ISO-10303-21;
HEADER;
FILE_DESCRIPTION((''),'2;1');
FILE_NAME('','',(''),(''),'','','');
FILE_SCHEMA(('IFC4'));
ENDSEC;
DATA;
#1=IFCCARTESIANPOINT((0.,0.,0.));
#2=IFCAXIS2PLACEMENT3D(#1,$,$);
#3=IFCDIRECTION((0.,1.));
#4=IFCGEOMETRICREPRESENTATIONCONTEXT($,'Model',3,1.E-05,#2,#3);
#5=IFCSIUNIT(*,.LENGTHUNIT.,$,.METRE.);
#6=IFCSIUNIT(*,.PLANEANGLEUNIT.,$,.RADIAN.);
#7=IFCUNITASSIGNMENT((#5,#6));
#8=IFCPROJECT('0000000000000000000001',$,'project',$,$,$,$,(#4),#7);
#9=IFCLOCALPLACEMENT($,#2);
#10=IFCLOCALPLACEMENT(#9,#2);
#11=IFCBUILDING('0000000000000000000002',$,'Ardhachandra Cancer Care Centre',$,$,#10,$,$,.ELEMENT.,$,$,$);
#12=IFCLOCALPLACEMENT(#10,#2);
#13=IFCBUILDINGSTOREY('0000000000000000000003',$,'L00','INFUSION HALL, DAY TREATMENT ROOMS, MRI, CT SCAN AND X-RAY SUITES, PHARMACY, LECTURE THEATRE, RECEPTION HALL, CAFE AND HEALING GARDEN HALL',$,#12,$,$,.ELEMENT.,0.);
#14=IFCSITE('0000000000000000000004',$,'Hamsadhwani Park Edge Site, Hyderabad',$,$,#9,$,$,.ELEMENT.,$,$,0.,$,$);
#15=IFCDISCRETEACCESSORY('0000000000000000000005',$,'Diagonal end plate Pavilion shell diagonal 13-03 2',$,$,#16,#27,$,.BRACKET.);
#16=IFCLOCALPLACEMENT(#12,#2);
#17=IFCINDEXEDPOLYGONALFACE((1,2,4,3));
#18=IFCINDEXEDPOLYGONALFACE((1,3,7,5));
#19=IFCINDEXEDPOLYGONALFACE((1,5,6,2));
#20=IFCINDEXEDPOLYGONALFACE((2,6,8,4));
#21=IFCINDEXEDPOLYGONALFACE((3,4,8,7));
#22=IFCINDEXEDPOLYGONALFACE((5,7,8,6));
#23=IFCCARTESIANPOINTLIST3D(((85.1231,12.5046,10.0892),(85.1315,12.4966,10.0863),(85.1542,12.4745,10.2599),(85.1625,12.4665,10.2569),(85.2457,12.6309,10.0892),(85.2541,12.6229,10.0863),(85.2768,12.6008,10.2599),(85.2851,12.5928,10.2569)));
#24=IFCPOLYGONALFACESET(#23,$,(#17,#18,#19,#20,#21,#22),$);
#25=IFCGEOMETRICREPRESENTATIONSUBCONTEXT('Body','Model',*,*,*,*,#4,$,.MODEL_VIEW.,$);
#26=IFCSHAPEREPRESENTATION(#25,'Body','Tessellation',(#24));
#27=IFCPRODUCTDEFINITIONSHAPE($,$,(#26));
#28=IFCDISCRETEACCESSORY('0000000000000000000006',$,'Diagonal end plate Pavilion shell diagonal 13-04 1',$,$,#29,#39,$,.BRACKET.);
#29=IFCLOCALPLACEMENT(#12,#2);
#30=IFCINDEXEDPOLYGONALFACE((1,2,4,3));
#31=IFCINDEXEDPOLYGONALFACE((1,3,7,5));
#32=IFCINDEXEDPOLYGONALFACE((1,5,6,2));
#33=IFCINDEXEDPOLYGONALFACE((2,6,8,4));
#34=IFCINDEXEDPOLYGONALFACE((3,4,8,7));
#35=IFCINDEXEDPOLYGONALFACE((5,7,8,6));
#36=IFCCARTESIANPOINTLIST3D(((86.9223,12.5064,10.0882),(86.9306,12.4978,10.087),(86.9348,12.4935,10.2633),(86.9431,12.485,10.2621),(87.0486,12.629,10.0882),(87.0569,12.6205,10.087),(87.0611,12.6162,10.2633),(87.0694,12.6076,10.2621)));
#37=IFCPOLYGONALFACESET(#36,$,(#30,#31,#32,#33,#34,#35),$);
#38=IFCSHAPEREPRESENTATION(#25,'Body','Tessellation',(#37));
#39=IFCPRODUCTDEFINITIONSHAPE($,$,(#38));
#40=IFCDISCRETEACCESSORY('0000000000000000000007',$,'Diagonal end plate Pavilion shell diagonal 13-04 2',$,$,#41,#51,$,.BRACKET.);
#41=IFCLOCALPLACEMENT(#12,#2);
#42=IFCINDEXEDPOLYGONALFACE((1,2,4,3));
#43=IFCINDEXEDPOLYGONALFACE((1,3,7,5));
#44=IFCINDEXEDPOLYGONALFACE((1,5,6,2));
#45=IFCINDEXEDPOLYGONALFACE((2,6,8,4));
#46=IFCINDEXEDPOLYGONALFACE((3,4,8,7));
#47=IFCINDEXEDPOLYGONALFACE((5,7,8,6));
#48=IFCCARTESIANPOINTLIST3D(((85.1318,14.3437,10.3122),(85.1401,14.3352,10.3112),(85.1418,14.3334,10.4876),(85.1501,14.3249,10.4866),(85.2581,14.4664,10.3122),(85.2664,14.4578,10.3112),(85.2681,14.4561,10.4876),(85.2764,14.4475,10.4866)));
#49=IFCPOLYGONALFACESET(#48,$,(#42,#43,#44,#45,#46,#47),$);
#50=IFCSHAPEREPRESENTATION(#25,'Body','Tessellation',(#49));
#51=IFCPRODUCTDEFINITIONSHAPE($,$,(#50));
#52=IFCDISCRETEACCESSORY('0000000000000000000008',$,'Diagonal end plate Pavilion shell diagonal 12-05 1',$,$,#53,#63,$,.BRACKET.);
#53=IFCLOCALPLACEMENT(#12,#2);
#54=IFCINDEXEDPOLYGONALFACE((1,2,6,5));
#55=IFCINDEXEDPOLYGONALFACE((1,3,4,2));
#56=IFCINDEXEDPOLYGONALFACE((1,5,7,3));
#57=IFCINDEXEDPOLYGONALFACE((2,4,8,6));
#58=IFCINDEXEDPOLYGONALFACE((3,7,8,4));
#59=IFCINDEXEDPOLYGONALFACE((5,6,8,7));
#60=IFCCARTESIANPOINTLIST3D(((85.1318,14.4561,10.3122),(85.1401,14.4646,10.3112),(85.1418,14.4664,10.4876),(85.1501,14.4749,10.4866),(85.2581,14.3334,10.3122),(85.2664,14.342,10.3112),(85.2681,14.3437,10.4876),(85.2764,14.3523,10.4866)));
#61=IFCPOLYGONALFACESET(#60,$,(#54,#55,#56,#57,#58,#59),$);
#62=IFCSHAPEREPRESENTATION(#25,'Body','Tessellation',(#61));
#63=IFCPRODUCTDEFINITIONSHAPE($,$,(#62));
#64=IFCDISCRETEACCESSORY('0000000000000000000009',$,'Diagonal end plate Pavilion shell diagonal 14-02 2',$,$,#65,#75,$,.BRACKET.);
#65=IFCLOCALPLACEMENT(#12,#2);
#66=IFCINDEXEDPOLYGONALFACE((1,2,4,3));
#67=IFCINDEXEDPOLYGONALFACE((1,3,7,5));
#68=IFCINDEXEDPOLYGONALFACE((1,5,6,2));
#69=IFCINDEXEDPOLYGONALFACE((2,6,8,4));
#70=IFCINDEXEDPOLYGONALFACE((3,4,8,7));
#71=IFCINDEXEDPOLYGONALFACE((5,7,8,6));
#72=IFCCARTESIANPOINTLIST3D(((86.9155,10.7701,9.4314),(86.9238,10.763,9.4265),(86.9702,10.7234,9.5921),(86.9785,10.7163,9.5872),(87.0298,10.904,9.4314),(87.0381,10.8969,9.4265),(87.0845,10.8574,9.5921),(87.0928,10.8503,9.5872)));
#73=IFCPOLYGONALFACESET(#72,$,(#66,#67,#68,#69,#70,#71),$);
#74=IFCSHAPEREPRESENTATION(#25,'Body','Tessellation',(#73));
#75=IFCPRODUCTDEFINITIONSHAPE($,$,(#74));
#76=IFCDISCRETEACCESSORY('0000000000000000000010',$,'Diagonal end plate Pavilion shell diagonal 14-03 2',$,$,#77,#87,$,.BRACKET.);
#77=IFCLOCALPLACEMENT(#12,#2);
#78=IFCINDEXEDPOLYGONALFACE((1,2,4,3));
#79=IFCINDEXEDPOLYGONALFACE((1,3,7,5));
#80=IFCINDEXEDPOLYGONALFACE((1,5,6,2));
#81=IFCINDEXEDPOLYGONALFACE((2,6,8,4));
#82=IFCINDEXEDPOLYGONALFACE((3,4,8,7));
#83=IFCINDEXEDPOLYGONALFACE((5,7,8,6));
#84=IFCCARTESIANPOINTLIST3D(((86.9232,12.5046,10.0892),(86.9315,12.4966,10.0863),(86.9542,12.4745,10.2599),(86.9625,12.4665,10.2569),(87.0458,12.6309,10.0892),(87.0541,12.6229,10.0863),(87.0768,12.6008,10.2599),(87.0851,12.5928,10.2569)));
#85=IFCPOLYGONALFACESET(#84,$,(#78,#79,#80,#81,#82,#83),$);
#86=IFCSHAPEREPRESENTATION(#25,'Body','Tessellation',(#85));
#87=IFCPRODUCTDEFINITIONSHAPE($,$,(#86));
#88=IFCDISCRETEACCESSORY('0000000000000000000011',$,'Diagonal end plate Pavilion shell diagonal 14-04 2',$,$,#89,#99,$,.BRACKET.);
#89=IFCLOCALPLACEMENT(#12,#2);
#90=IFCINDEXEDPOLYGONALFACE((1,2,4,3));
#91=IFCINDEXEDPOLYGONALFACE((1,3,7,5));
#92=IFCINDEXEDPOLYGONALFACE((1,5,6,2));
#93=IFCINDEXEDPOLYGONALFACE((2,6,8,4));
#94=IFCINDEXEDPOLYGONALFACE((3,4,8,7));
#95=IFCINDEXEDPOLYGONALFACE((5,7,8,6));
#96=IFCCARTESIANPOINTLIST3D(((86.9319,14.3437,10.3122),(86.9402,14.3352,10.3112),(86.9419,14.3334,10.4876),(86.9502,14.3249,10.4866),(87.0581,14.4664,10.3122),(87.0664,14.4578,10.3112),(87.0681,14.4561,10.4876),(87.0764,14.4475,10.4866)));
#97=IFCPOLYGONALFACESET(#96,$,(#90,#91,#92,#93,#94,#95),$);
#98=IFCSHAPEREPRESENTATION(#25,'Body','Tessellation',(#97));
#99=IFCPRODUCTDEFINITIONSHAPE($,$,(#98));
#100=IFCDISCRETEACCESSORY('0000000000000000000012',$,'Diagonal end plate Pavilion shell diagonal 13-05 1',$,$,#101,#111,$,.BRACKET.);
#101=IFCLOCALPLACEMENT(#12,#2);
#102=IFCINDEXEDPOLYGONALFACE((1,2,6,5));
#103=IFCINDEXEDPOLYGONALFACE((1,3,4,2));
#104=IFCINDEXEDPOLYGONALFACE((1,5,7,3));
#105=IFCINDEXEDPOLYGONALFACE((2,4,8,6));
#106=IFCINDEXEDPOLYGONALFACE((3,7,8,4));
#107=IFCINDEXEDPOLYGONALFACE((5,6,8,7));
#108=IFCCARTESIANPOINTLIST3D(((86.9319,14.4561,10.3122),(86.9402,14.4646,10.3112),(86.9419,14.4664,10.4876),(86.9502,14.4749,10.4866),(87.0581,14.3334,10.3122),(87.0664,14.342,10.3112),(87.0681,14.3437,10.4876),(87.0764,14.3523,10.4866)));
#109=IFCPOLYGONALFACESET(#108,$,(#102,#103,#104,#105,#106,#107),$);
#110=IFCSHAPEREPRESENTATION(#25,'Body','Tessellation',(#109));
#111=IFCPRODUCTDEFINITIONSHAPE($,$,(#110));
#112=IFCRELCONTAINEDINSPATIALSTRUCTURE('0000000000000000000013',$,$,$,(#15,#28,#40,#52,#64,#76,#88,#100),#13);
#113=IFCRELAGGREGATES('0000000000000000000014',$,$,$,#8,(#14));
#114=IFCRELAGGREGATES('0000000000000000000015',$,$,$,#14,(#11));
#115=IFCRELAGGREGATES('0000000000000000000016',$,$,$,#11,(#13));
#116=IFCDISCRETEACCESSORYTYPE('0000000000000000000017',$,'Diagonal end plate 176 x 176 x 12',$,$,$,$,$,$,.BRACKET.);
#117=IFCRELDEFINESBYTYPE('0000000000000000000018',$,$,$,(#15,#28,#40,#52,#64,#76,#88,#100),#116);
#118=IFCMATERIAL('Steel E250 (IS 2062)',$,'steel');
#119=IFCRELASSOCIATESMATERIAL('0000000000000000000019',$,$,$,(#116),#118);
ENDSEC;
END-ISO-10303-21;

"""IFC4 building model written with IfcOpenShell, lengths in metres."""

from ifc_helpers import new_model, si_unit, direction, frame, origin, origin_2d, place, context, subcontext, project, spatial, rectangle, extrude, material, material_profile, profile_set, type_object, element, save


model = new_model("IFC4")

# Units and contexts
model_context = context("Model", 3, precision=1e-05, world=origin(), true_north=direction((0.0, 1.0)))
body_context = subcontext(model_context, "Body", "Model", "MODEL_VIEW")
ifc_project = project(units=[si_unit("LENGTHUNIT", "METRE"), si_unit("PLANEANGLEUNIT", "RADIAN")], contexts=[model_context])

# Site, building, storey
site_placement = place(None, origin())
site = spatial("IfcSite", under=ifc_project, at=site_placement, Name="Hamsadhwani Park Edge Site, Hyderabad", CompositionType="ELEMENT", RefElevation=0.0)
building_placement = place(site_placement, origin())
building = spatial("IfcBuilding", under=site, at=building_placement, Name="Ardhachandra Cancer Care Centre", CompositionType="ELEMENT")
storey_placement = place(building_placement, origin())
storey = spatial("IfcBuildingStorey", under=building, at=storey_placement, Name="L00", Description="INFUSION HALL, DAY TREATMENT ROOMS, MRI, CT SCAN AND X-RAY SUITES, PHARMACY, LECTURE THEATRE, RECEPTION HALL, CAFE AND HEALING GARDEN HALL", CompositionType="ELEMENT", Elevation=0.0)

# Discrete accessories
ifc_material_1 = material(Name="Steel E250 (IS 2062)", Category="steel")
ifc_material_profile_1 = material_profile(ifc_material_1, rectangle(XDim=0.176, YDim=0.176, at=origin_2d()), Name="PL 176x176x12")
ifc_profile_set_1 = profile_set([ifc_material_profile_1], Name="Steel E250 (IS 2062)")
discrete_accessory_type = type_object("IfcDiscreteAccessoryType", Name="Diagonal end plate 176 x 176 x 12", PredefinedType="BRACKET", material=ifc_profile_set_1)
for number, where, z_axis, x_axis, name in (
    (1, (85.2, 12.5527, 10.1746), (0.695618, -0.675159, -0.245512), (0.696475, 0.717581, 0.0), "Diagonal end plate Pavilion shell diagonal 13-03 2"),
    (2, (87.0, 12.5527, 10.1746), (-0.693156, 0.713543, 0.101935), (-0.717279, -0.696786, 0.0), "Diagonal end plate Pavilion shell diagonal 13-04 1"),
    (3, (85.2, 14.3999, 10.3999), (0.694456, -0.714881, -0.081701), (0.717279, 0.696786, 0.0), "Diagonal end plate Pavilion shell diagonal 13-04 2"),
    (4, (85.2, 14.3999, 10.3999), (0.694456, 0.714881, -0.081701), (-0.717279, 0.696786, 0.0), "Diagonal end plate Pavilion shell diagonal 12-05 1"),
    (5, (87.0, 10.8137, 9.5117), (0.694456, -0.59233, -0.408504), (0.648947, 0.760834, 0.0), "Diagonal end plate Pavilion shell diagonal 14-02 2"),
    (6, (87.0, 12.5527, 10.1746), (0.695618, -0.675159, -0.245512), (0.696475, 0.717581, 0.0), "Diagonal end plate Pavilion shell diagonal 14-03 2"),
    (7, (87.0, 14.3999, 10.3999), (0.694456, -0.714881, -0.081701), (0.717279, 0.696786, 0.0), "Diagonal end plate Pavilion shell diagonal 14-04 2"),
    (8, (87.0, 14.3999, 10.3999), (0.694456, 0.714881, -0.081701), (-0.717279, 0.696786, 0.0), "Diagonal end plate Pavilion shell diagonal 13-05 1"),
):
    element("IfcDiscreteAccessory", number, at=place(storey_placement, frame(where, z_axis=z_axis, x_axis=x_axis)), inside=storey, type_object=discrete_accessory_type, Name=name, PredefinedType="BRACKET", context=body_context, shape_type="SweptSolid", body=[
        extrude(rectangle(XDim=0.176, YDim=0.176, at=origin_2d()), origin(), (0.0, 0.0, 1.0), 0.012),
    ])

save(model, "model.ifc")
